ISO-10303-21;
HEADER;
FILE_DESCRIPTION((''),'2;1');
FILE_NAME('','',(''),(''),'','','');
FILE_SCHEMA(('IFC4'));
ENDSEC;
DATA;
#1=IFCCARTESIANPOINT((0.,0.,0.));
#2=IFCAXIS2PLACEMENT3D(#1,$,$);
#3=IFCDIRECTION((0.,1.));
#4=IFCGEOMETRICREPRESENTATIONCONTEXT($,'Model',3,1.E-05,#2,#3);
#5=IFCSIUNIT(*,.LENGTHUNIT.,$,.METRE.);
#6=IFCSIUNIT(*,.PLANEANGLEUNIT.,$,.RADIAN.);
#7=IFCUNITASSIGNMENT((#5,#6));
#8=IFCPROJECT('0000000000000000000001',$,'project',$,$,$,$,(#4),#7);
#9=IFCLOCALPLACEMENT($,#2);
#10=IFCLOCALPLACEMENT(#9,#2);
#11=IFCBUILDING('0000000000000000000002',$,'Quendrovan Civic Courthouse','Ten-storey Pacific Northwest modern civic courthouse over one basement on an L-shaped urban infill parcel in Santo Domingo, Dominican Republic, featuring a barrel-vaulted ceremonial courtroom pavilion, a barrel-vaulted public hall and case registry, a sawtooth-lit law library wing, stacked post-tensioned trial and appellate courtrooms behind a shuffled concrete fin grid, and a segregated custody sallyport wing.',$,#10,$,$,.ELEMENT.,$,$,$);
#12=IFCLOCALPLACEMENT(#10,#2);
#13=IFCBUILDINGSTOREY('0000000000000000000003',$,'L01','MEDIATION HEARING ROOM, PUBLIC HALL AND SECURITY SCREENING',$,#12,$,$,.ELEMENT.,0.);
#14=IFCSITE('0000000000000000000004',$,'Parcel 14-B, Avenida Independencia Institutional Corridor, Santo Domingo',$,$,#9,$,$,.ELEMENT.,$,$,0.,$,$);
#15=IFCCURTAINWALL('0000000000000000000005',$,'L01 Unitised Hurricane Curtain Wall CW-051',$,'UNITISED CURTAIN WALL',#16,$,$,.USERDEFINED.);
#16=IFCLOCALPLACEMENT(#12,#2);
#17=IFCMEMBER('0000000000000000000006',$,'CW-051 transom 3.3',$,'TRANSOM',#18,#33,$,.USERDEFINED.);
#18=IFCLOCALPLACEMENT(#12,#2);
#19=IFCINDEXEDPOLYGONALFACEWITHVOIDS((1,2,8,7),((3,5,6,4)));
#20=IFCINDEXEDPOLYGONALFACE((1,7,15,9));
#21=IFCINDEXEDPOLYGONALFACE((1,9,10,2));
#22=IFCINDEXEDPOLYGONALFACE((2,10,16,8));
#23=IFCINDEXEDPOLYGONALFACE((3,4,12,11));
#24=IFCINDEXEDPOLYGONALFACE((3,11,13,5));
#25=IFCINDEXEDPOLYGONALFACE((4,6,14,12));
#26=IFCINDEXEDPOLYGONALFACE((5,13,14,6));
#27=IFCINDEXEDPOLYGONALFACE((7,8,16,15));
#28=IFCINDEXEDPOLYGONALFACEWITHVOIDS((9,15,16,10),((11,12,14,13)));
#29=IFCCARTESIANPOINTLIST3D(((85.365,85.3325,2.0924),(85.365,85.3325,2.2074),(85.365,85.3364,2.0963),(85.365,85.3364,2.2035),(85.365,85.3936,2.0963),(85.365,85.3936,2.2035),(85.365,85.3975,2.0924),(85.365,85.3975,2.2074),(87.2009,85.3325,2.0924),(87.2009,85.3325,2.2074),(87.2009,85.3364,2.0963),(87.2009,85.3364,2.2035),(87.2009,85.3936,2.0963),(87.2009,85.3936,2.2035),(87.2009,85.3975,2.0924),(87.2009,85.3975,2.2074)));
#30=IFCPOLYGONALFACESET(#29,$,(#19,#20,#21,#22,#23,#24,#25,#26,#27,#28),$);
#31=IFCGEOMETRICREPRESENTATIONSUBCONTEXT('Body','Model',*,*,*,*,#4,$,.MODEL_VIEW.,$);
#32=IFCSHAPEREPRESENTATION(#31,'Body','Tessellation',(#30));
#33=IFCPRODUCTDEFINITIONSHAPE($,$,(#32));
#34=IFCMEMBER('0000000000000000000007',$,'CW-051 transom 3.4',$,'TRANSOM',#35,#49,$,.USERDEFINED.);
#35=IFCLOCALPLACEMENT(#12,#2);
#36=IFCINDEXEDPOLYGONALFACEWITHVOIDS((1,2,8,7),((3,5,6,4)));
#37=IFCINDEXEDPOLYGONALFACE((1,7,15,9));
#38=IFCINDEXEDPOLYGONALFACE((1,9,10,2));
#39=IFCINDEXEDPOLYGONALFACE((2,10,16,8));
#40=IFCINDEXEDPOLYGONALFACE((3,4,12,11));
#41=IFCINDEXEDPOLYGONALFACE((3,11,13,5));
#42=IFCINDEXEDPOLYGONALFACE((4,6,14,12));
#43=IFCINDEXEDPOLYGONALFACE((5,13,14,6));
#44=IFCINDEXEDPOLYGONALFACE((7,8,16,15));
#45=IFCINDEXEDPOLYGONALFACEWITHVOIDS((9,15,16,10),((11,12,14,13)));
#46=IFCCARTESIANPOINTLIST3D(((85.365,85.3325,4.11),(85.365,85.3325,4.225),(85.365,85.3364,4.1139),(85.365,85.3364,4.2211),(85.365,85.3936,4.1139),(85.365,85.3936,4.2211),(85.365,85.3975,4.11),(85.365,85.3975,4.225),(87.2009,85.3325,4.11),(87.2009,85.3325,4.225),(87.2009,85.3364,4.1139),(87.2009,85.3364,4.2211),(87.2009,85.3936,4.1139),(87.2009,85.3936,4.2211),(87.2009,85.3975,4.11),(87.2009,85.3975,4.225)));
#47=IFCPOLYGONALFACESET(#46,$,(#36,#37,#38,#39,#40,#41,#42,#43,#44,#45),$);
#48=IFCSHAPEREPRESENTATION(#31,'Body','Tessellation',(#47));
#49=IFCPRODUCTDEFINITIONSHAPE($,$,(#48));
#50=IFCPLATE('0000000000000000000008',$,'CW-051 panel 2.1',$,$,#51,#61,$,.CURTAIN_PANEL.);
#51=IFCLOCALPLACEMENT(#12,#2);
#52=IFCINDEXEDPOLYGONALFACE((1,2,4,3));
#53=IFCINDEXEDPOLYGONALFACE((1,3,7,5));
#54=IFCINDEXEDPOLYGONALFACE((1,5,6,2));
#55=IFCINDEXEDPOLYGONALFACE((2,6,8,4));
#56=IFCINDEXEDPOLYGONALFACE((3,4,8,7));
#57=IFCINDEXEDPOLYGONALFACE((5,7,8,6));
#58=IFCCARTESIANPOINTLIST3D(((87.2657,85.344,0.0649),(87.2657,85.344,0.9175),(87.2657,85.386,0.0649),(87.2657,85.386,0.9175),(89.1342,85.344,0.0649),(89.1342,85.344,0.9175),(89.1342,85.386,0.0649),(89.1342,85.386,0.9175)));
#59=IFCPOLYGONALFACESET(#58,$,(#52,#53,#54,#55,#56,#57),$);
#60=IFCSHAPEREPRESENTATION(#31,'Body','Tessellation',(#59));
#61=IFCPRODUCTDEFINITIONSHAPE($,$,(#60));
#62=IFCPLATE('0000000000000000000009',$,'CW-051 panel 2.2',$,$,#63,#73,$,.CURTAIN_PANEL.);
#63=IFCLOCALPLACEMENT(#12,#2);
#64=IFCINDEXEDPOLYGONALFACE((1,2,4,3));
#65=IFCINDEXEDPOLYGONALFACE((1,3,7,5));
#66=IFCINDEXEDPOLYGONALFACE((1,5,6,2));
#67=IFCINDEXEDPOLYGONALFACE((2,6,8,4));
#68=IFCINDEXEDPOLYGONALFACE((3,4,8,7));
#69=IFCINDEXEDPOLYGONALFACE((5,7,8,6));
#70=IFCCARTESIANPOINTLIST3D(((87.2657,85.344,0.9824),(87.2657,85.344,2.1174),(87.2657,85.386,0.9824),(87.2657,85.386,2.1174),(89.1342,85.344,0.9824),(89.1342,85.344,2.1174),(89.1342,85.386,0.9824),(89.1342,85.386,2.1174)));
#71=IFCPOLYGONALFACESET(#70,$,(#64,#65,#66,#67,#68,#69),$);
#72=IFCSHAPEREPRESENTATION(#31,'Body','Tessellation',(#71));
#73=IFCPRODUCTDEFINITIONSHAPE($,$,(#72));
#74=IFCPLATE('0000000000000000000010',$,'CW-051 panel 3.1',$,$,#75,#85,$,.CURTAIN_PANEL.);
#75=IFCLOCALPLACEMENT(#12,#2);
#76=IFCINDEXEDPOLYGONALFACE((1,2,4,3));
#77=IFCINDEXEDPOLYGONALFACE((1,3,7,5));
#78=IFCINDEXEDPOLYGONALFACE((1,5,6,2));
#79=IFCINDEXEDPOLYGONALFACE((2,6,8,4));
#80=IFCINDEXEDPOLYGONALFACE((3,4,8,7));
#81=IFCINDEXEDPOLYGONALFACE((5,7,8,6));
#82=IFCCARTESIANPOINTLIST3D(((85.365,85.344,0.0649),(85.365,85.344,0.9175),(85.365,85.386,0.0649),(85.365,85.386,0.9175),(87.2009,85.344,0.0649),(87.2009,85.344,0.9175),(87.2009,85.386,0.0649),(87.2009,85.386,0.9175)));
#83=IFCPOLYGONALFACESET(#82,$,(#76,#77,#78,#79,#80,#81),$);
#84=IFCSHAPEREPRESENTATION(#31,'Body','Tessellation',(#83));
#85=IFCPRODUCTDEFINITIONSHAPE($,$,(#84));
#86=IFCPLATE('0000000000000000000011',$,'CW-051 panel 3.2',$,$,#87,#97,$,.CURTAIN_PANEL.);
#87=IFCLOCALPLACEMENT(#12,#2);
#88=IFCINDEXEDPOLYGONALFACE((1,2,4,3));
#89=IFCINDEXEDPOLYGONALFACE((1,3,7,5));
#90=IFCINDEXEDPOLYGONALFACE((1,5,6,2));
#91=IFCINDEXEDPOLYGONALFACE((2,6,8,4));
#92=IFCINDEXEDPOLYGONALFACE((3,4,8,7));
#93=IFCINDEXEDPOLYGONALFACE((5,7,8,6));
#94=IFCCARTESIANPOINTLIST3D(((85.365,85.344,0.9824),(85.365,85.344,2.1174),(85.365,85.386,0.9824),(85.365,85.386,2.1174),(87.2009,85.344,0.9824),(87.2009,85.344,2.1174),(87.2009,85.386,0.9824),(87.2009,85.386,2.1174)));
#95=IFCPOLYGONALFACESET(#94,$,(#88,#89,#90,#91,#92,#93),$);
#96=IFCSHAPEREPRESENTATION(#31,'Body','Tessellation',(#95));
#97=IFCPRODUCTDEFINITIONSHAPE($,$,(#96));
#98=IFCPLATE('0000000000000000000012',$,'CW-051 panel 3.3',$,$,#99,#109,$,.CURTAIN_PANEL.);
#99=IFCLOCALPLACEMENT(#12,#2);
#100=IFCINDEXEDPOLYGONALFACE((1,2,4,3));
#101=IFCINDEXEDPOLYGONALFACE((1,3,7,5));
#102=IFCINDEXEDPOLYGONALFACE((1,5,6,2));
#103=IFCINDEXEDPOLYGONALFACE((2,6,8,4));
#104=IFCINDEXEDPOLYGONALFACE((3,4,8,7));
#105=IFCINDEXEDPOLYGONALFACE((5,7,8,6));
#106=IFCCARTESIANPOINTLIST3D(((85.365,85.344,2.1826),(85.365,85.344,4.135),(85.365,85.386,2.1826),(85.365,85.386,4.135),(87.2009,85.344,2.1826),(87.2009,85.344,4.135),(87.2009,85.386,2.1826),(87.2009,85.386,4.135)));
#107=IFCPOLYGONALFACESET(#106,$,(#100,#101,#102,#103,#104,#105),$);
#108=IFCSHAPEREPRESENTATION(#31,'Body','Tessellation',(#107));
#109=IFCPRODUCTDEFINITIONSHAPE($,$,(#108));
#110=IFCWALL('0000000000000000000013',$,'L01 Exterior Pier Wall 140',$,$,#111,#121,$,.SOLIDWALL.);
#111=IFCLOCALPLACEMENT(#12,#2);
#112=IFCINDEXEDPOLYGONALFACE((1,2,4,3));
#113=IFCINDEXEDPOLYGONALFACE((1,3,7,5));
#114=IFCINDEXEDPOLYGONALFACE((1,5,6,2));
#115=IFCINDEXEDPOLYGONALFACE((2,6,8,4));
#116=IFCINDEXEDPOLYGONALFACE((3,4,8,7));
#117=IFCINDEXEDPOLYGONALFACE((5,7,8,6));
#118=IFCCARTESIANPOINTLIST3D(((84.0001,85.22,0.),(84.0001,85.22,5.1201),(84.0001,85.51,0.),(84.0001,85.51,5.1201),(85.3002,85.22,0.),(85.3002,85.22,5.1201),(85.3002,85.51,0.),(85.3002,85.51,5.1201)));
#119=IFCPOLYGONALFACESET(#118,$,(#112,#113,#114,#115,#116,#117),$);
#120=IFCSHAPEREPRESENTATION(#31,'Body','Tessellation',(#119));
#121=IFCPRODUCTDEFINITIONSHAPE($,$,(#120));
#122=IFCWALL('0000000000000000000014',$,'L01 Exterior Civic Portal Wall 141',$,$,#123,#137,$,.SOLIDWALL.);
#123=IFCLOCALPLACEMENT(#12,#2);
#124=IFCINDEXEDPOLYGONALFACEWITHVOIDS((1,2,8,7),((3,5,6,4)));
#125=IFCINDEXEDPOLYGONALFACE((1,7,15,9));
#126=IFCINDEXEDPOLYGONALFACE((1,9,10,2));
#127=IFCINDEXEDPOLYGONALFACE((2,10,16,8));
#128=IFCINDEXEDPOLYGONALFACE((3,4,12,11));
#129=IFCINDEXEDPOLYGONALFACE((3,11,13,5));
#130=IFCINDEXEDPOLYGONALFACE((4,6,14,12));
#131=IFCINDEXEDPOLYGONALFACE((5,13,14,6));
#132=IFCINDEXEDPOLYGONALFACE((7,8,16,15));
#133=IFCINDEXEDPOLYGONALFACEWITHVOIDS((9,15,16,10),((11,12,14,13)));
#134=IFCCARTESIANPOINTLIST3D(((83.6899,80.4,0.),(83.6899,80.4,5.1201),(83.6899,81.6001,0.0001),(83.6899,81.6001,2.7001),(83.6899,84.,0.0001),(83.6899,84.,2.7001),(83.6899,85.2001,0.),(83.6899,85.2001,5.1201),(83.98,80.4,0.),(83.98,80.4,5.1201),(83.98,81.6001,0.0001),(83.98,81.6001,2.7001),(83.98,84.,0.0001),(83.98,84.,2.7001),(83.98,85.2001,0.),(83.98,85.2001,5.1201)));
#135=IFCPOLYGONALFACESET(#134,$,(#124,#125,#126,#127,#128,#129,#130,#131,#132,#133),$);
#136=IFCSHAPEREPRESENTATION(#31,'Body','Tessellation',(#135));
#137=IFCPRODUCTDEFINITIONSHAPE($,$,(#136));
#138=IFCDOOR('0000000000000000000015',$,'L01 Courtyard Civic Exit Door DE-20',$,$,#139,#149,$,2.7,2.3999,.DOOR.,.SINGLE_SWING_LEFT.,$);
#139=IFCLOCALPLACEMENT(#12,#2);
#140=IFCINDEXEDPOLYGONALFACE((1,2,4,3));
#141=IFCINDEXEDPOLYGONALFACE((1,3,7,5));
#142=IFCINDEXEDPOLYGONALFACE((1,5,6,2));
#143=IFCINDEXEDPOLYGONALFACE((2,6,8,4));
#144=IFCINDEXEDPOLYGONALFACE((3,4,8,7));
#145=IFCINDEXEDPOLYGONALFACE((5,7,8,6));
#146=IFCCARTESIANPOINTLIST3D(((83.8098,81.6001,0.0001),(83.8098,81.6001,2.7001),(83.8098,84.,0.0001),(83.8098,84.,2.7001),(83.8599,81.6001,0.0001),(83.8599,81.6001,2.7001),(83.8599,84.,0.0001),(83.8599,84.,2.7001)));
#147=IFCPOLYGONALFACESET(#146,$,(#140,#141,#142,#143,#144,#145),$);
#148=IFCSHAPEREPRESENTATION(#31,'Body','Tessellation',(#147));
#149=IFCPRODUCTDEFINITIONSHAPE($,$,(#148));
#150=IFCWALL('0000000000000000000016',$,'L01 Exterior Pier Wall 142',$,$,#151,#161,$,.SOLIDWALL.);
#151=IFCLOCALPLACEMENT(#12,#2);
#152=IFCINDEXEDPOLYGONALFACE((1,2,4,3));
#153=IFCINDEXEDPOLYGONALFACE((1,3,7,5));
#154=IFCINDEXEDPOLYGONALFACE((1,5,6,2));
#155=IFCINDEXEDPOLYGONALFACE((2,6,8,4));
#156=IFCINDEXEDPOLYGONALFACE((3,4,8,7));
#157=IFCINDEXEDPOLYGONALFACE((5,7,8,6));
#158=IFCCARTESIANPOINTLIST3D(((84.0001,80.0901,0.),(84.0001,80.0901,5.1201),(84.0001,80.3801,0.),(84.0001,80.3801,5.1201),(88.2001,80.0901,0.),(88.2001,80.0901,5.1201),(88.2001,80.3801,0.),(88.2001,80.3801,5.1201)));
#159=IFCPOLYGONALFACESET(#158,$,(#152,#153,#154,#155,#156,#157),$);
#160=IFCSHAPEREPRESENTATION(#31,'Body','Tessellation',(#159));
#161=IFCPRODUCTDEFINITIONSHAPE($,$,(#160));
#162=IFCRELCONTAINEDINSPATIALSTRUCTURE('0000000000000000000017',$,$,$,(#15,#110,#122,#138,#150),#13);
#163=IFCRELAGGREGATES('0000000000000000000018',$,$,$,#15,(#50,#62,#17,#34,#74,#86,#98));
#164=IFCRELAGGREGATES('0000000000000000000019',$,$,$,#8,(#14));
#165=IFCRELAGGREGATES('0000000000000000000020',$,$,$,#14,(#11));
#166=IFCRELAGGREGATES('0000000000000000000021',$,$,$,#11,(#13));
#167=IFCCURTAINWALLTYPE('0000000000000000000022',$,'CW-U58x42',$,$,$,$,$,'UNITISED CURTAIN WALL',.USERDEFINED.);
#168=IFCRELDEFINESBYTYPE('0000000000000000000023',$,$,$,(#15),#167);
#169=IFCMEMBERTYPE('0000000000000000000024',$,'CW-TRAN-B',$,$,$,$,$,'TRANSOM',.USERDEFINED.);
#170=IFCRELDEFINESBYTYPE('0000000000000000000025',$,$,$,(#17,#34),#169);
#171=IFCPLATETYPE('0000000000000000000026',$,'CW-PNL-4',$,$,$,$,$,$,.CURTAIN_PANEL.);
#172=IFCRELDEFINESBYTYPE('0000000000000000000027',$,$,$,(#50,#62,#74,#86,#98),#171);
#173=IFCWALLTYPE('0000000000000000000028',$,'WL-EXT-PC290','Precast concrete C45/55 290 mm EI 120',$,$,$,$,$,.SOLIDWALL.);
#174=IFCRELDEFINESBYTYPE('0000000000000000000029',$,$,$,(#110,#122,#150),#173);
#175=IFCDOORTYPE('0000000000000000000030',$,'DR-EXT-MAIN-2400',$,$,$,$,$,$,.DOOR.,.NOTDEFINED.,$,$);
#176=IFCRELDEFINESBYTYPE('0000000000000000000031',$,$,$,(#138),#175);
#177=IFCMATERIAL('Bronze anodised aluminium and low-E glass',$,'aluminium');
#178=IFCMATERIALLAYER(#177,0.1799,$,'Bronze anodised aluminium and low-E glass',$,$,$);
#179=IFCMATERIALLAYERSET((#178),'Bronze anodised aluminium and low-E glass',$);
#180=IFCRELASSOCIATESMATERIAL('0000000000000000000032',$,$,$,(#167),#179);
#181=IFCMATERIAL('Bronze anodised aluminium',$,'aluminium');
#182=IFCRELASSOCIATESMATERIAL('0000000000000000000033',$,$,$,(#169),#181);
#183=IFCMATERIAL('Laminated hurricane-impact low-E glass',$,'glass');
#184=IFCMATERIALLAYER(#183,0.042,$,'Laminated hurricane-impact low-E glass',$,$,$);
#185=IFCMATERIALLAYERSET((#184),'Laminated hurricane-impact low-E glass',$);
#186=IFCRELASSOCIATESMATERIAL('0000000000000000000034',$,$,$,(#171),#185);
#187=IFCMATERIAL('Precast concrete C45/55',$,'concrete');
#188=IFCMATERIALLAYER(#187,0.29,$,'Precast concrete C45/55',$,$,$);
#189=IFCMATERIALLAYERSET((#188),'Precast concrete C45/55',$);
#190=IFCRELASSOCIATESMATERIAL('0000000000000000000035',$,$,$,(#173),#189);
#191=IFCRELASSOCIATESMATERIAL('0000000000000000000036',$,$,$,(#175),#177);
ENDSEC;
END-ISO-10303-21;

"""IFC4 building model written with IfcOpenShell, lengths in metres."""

from ifc_helpers import new_model, si_unit, direction, frame, frame_2d, origin, origin_2d, place, context, subcontext, project, spatial, rectangle, hollow_rectangle, extrude, material, layer, layer_set, material_profile, profile_set, type_object, element, fill, aggregate, save


model = new_model("IFC4")

# Units and contexts
model_context = context("Model", 3, precision=1e-05, world=origin(), true_north=direction((0.0, 1.0)))
body_context = subcontext(model_context, "Body", "Model", "MODEL_VIEW")
ifc_project = project(units=[si_unit("LENGTHUNIT", "METRE"), si_unit("PLANEANGLEUNIT", "RADIAN")], contexts=[model_context])

# Site, building, storey
site_placement = place(None, origin())
site = spatial("IfcSite", under=ifc_project, at=site_placement, Name="Parcel 14-B, Avenida Independencia Institutional Corridor, Santo Domingo", CompositionType="ELEMENT", RefElevation=0.0)
building_placement = place(site_placement, origin())
building = spatial("IfcBuilding", under=site, at=building_placement, Name="Quendrovan Civic Courthouse", Description="Ten-storey Pacific Northwest modern civic courthouse over one basement on an L-shaped urban infill parcel in Santo Domingo, Dominican Republic, featuring a barrel-vaulted ceremonial courtroom pavilion, a barrel-vaulted public hall and case registry, a sawtooth-lit law library wing, stacked post-tensioned trial and appellate courtrooms behind a shuffled concrete fin grid, and a segregated custody sallyport wing.", CompositionType="ELEMENT")
storey_placement = place(building_placement, origin())
storey = spatial("IfcBuildingStorey", under=building, at=storey_placement, Name="L01", Description="MEDIATION HEARING ROOM, PUBLIC HALL AND SECURITY SCREENING", CompositionType="ELEMENT", Elevation=0.0)

# Curtain wall, members, plates
ifc_material_1 = material(Name="Bronze anodised aluminium and low-E glass", Category="aluminium")
ifc_layer_1 = layer(ifc_material_1, 0.1799, Name="Bronze anodised aluminium and low-E glass")
ifc_layer_set_1 = layer_set([ifc_layer_1], Name="Bronze anodised aluminium and low-E glass")
curtain_wall_type = type_object("IfcCurtainWallType", Name="CW-U58x42", ElementType="UNITISED CURTAIN WALL", PredefinedType="USERDEFINED", material=ifc_layer_set_1)
curtain_wall_placement = place(storey_placement, origin())
curtain_wall = element("IfcCurtainWall", 1, at=curtain_wall_placement, inside=storey, type_object=curtain_wall_type, Name="L01 Unitised Hurricane Curtain Wall CW-051", ObjectType="UNITISED CURTAIN WALL", PredefinedType="USERDEFINED")
ifc_material_2 = material(Name="Bronze anodised aluminium", Category="aluminium")
ifc_material_profile_1 = material_profile(ifc_material_2, hollow_rectangle(XDim=0.0649, YDim=0.115, WallThickness=0.0039, at=origin_2d()), Name="CW-TRAN-65x115")
ifc_profile_set_1 = profile_set([ifc_material_profile_1], Name="Bronze anodised aluminium")
member_type_1 = type_object("IfcMemberType", Name="CW-TRAN-B", ElementType="TRANSOM", PredefinedType="USERDEFINED", material=ifc_profile_set_1)
member_1_placement = place(storey_placement, frame((87.2009, 85.365, 2.1499), z_axis=(-1.0, 0.0, 0.0), x_axis=(0.0, -1.0, 0.0)))
member_1 = element("IfcMember", 2, at=member_1_placement, type_object=member_type_1, Name="CW-051 transom 3.3", ObjectType="TRANSOM", PredefinedType="USERDEFINED", context=body_context, shape_type="SweptSolid", body=[
    extrude(hollow_rectangle(XDim=0.0649, YDim=0.115, WallThickness=0.0039, at=origin_2d()), origin(), (0.0, 0.0, 1.0), 1.8359),
])
member_2_placement = place(storey_placement, frame((87.2009, 85.365, 4.1675), z_axis=(-1.0, 0.0, 0.0), x_axis=(0.0, -1.0, 0.0)))
member_2 = element("IfcMember", 3, at=member_2_placement, type_object=member_type_1, Name="CW-051 transom 3.4", ObjectType="TRANSOM", PredefinedType="USERDEFINED", context=body_context, shape_type="SweptSolid", body=[
    extrude(hollow_rectangle(XDim=0.0649, YDim=0.115, WallThickness=0.0039, at=origin_2d()), origin(), (0.0, 0.0, 1.0), 1.8359),
])
ifc_material_3 = material(Name="Laminated hurricane-impact low-E glass", Category="glass")
ifc_layer_2 = layer(ifc_material_3, 0.042, Name="Laminated hurricane-impact low-E glass")
ifc_layer_set_2 = layer_set([ifc_layer_2], Name="Laminated hurricane-impact low-E glass")
plate_type = type_object("IfcPlateType", Name="CW-PNL-4", PredefinedType="CURTAIN_PANEL", material=ifc_layer_set_2)
plate_1_placement = place(storey_placement, frame((88.2, 85.365, 0.0649), z_axis=(0.0, 0.0, 1.0), x_axis=(-1.0, 0.0, 0.0)))
plate_1 = element("IfcPlate", 4, at=plate_1_placement, type_object=plate_type, Name="CW-051 panel 2.1", PredefinedType="CURTAIN_PANEL", context=body_context, shape_type="SweptSolid", body=[
    extrude(rectangle(XDim=1.8684, YDim=0.042, at=origin_2d()), origin(), (0.0, 0.0, 1.0), 0.8525),
])
plate_2_placement = place(storey_placement, frame((88.2, 85.365, 0.9824), z_axis=(0.0, 0.0, 1.0), x_axis=(-1.0, 0.0, 0.0)))
plate_2 = element("IfcPlate", 5, at=plate_2_placement, type_object=plate_type, Name="CW-051 panel 2.2", PredefinedType="CURTAIN_PANEL", context=body_context, shape_type="SweptSolid", body=[
    extrude(rectangle(XDim=1.8684, YDim=0.042, at=origin_2d()), origin(), (0.0, 0.0, 1.0), 1.135),
])
plate_3_placement = place(storey_placement, frame((86.283, 85.365, 0.0649), z_axis=(0.0, 0.0, 1.0), x_axis=(-1.0, 0.0, 0.0)))
plate_3 = element("IfcPlate", 6, at=plate_3_placement, type_object=plate_type, Name="CW-051 panel 3.1", PredefinedType="CURTAIN_PANEL", context=body_context, shape_type="SweptSolid", body=[
    extrude(rectangle(XDim=1.8359, YDim=0.042, at=origin_2d()), origin(), (0.0, 0.0, 1.0), 0.8525),
])
plate_4_placement = place(storey_placement, frame((86.283, 85.365, 0.9824), z_axis=(0.0, 0.0, 1.0), x_axis=(-1.0, 0.0, 0.0)))
plate_4 = element("IfcPlate", 7, at=plate_4_placement, type_object=plate_type, Name="CW-051 panel 3.2", PredefinedType="CURTAIN_PANEL", context=body_context, shape_type="SweptSolid", body=[
    extrude(rectangle(XDim=1.8359, YDim=0.042, at=origin_2d()), origin(), (0.0, 0.0, 1.0), 1.135),
])
plate_5_placement = place(storey_placement, frame((86.283, 85.365, 2.1826), z_axis=(0.0, 0.0, 1.0), x_axis=(-1.0, 0.0, 0.0)))
plate_5 = element("IfcPlate", 8, at=plate_5_placement, type_object=plate_type, Name="CW-051 panel 3.3", PredefinedType="CURTAIN_PANEL", context=body_context, shape_type="SweptSolid", body=[
    extrude(rectangle(XDim=1.8359, YDim=0.042, at=origin_2d()), origin(), (0.0, 0.0, 1.0), 1.9524),
])
aggregate(curtain_wall, [plate_1, plate_2, member_1, member_2, plate_3, plate_4, plate_5])

# Wall
ifc_material_4 = material(Name="Precast concrete C45/55", Category="concrete")
ifc_layer_3 = layer(ifc_material_4, 0.29, Name="Precast concrete C45/55")
ifc_layer_set_3 = layer_set([ifc_layer_3], Name="Precast concrete C45/55")
wall_type = type_object("IfcWallType", Name="WL-EXT-PC290", Description="Precast concrete C45/55 290 mm EI 120", PredefinedType="SOLIDWALL", material=ifc_layer_set_3)
wall_1_placement = place(storey_placement, frame((85.3, 85.365, 0.0), z_axis=(0.0, 0.0, 1.0), x_axis=(-1.0, 0.0, 0.0)))
element("IfcWall", 9, at=wall_1_placement, inside=storey, type_object=wall_type, Name="L01 Exterior Pier Wall 140", PredefinedType="SOLIDWALL", context=body_context, shape_type="SweptSolid", body=[
    extrude(rectangle(XDim=1.3, YDim=0.29, at=frame_2d((0.6499, 0.0))), origin(), (0.0, 0.0, 1.0), 5.1201),
])

# Wall, opening, door
wall_2_placement = place(storey_placement, frame((83.835, 85.2, 0.0), z_axis=(0.0, 0.0, 1.0), x_axis=(0.0, -1.0, 0.0)))
wall_2 = element("IfcWall", 10, at=wall_2_placement, inside=storey, type_object=wall_type, Name="L01 Exterior Civic Portal Wall 141", PredefinedType="SOLIDWALL", context=body_context, shape_type="SweptSolid", body=[
    extrude(rectangle(XDim=4.8, YDim=0.29, at=frame_2d((2.3999, 0.0))), origin(), (0.0, 0.0, 1.0), 5.1201),
])
opening_placement = place(wall_2_placement, frame((1.2, 0.0, 0.0)))
opening = element("IfcOpeningElement", 11, at=opening_placement, cuts=wall_2, PredefinedType="OPENING", context=body_context, shape_type="SweptSolid", body=[
    extrude(rectangle(XDim=2.3999, YDim=2.7, at=frame_2d((1.2, 1.3501))), frame((0.0, 0.155, 0.0), z_axis=(0.0, -1.0, 0.0), x_axis=(1.0, 0.0, 0.0)), (0.0, 0.0, 1.0), 0.3101),
])
door_type = type_object("IfcDoorType", Name="DR-EXT-MAIN-2400", OperationType="NOTDEFINED", PredefinedType="DOOR", material=ifc_material_1)
door_placement = place(opening_placement, origin())
door = element("IfcDoor", 12, at=door_placement, inside=storey, type_object=door_type, Name="L01 Courtyard Civic Exit Door DE-20", OperationType="SINGLE_SWING_LEFT", OverallHeight=2.7, OverallWidth=2.3999, PredefinedType="DOOR", context=body_context, shape_type="SweptSolid", body=[
    extrude(rectangle(XDim=2.3999, YDim=2.7, at=frame_2d((1.2, 1.3501))), frame((0.0, 0.0249, 0.0), z_axis=(0.0, -1.0, 0.0), x_axis=(1.0, 0.0, 0.0)), (0.0, 0.0, 1.0), 0.05),
])
fill(opening, door)

# Wall
wall_3_placement = place(storey_placement, frame((84.0, 80.2351, 0.0), z_axis=(0.0, 0.0, 1.0), x_axis=(1.0, 0.0, 0.0)))
element("IfcWall", 13, at=wall_3_placement, inside=storey, type_object=wall_type, Name="L01 Exterior Pier Wall 142", PredefinedType="SOLIDWALL", context=body_context, shape_type="SweptSolid", body=[
    extrude(rectangle(XDim=4.2, YDim=0.29, at=frame_2d((2.1001, 0.0))), origin(), (0.0, 0.0, 1.0), 5.1201),
])

save(model, "model.ifc")
